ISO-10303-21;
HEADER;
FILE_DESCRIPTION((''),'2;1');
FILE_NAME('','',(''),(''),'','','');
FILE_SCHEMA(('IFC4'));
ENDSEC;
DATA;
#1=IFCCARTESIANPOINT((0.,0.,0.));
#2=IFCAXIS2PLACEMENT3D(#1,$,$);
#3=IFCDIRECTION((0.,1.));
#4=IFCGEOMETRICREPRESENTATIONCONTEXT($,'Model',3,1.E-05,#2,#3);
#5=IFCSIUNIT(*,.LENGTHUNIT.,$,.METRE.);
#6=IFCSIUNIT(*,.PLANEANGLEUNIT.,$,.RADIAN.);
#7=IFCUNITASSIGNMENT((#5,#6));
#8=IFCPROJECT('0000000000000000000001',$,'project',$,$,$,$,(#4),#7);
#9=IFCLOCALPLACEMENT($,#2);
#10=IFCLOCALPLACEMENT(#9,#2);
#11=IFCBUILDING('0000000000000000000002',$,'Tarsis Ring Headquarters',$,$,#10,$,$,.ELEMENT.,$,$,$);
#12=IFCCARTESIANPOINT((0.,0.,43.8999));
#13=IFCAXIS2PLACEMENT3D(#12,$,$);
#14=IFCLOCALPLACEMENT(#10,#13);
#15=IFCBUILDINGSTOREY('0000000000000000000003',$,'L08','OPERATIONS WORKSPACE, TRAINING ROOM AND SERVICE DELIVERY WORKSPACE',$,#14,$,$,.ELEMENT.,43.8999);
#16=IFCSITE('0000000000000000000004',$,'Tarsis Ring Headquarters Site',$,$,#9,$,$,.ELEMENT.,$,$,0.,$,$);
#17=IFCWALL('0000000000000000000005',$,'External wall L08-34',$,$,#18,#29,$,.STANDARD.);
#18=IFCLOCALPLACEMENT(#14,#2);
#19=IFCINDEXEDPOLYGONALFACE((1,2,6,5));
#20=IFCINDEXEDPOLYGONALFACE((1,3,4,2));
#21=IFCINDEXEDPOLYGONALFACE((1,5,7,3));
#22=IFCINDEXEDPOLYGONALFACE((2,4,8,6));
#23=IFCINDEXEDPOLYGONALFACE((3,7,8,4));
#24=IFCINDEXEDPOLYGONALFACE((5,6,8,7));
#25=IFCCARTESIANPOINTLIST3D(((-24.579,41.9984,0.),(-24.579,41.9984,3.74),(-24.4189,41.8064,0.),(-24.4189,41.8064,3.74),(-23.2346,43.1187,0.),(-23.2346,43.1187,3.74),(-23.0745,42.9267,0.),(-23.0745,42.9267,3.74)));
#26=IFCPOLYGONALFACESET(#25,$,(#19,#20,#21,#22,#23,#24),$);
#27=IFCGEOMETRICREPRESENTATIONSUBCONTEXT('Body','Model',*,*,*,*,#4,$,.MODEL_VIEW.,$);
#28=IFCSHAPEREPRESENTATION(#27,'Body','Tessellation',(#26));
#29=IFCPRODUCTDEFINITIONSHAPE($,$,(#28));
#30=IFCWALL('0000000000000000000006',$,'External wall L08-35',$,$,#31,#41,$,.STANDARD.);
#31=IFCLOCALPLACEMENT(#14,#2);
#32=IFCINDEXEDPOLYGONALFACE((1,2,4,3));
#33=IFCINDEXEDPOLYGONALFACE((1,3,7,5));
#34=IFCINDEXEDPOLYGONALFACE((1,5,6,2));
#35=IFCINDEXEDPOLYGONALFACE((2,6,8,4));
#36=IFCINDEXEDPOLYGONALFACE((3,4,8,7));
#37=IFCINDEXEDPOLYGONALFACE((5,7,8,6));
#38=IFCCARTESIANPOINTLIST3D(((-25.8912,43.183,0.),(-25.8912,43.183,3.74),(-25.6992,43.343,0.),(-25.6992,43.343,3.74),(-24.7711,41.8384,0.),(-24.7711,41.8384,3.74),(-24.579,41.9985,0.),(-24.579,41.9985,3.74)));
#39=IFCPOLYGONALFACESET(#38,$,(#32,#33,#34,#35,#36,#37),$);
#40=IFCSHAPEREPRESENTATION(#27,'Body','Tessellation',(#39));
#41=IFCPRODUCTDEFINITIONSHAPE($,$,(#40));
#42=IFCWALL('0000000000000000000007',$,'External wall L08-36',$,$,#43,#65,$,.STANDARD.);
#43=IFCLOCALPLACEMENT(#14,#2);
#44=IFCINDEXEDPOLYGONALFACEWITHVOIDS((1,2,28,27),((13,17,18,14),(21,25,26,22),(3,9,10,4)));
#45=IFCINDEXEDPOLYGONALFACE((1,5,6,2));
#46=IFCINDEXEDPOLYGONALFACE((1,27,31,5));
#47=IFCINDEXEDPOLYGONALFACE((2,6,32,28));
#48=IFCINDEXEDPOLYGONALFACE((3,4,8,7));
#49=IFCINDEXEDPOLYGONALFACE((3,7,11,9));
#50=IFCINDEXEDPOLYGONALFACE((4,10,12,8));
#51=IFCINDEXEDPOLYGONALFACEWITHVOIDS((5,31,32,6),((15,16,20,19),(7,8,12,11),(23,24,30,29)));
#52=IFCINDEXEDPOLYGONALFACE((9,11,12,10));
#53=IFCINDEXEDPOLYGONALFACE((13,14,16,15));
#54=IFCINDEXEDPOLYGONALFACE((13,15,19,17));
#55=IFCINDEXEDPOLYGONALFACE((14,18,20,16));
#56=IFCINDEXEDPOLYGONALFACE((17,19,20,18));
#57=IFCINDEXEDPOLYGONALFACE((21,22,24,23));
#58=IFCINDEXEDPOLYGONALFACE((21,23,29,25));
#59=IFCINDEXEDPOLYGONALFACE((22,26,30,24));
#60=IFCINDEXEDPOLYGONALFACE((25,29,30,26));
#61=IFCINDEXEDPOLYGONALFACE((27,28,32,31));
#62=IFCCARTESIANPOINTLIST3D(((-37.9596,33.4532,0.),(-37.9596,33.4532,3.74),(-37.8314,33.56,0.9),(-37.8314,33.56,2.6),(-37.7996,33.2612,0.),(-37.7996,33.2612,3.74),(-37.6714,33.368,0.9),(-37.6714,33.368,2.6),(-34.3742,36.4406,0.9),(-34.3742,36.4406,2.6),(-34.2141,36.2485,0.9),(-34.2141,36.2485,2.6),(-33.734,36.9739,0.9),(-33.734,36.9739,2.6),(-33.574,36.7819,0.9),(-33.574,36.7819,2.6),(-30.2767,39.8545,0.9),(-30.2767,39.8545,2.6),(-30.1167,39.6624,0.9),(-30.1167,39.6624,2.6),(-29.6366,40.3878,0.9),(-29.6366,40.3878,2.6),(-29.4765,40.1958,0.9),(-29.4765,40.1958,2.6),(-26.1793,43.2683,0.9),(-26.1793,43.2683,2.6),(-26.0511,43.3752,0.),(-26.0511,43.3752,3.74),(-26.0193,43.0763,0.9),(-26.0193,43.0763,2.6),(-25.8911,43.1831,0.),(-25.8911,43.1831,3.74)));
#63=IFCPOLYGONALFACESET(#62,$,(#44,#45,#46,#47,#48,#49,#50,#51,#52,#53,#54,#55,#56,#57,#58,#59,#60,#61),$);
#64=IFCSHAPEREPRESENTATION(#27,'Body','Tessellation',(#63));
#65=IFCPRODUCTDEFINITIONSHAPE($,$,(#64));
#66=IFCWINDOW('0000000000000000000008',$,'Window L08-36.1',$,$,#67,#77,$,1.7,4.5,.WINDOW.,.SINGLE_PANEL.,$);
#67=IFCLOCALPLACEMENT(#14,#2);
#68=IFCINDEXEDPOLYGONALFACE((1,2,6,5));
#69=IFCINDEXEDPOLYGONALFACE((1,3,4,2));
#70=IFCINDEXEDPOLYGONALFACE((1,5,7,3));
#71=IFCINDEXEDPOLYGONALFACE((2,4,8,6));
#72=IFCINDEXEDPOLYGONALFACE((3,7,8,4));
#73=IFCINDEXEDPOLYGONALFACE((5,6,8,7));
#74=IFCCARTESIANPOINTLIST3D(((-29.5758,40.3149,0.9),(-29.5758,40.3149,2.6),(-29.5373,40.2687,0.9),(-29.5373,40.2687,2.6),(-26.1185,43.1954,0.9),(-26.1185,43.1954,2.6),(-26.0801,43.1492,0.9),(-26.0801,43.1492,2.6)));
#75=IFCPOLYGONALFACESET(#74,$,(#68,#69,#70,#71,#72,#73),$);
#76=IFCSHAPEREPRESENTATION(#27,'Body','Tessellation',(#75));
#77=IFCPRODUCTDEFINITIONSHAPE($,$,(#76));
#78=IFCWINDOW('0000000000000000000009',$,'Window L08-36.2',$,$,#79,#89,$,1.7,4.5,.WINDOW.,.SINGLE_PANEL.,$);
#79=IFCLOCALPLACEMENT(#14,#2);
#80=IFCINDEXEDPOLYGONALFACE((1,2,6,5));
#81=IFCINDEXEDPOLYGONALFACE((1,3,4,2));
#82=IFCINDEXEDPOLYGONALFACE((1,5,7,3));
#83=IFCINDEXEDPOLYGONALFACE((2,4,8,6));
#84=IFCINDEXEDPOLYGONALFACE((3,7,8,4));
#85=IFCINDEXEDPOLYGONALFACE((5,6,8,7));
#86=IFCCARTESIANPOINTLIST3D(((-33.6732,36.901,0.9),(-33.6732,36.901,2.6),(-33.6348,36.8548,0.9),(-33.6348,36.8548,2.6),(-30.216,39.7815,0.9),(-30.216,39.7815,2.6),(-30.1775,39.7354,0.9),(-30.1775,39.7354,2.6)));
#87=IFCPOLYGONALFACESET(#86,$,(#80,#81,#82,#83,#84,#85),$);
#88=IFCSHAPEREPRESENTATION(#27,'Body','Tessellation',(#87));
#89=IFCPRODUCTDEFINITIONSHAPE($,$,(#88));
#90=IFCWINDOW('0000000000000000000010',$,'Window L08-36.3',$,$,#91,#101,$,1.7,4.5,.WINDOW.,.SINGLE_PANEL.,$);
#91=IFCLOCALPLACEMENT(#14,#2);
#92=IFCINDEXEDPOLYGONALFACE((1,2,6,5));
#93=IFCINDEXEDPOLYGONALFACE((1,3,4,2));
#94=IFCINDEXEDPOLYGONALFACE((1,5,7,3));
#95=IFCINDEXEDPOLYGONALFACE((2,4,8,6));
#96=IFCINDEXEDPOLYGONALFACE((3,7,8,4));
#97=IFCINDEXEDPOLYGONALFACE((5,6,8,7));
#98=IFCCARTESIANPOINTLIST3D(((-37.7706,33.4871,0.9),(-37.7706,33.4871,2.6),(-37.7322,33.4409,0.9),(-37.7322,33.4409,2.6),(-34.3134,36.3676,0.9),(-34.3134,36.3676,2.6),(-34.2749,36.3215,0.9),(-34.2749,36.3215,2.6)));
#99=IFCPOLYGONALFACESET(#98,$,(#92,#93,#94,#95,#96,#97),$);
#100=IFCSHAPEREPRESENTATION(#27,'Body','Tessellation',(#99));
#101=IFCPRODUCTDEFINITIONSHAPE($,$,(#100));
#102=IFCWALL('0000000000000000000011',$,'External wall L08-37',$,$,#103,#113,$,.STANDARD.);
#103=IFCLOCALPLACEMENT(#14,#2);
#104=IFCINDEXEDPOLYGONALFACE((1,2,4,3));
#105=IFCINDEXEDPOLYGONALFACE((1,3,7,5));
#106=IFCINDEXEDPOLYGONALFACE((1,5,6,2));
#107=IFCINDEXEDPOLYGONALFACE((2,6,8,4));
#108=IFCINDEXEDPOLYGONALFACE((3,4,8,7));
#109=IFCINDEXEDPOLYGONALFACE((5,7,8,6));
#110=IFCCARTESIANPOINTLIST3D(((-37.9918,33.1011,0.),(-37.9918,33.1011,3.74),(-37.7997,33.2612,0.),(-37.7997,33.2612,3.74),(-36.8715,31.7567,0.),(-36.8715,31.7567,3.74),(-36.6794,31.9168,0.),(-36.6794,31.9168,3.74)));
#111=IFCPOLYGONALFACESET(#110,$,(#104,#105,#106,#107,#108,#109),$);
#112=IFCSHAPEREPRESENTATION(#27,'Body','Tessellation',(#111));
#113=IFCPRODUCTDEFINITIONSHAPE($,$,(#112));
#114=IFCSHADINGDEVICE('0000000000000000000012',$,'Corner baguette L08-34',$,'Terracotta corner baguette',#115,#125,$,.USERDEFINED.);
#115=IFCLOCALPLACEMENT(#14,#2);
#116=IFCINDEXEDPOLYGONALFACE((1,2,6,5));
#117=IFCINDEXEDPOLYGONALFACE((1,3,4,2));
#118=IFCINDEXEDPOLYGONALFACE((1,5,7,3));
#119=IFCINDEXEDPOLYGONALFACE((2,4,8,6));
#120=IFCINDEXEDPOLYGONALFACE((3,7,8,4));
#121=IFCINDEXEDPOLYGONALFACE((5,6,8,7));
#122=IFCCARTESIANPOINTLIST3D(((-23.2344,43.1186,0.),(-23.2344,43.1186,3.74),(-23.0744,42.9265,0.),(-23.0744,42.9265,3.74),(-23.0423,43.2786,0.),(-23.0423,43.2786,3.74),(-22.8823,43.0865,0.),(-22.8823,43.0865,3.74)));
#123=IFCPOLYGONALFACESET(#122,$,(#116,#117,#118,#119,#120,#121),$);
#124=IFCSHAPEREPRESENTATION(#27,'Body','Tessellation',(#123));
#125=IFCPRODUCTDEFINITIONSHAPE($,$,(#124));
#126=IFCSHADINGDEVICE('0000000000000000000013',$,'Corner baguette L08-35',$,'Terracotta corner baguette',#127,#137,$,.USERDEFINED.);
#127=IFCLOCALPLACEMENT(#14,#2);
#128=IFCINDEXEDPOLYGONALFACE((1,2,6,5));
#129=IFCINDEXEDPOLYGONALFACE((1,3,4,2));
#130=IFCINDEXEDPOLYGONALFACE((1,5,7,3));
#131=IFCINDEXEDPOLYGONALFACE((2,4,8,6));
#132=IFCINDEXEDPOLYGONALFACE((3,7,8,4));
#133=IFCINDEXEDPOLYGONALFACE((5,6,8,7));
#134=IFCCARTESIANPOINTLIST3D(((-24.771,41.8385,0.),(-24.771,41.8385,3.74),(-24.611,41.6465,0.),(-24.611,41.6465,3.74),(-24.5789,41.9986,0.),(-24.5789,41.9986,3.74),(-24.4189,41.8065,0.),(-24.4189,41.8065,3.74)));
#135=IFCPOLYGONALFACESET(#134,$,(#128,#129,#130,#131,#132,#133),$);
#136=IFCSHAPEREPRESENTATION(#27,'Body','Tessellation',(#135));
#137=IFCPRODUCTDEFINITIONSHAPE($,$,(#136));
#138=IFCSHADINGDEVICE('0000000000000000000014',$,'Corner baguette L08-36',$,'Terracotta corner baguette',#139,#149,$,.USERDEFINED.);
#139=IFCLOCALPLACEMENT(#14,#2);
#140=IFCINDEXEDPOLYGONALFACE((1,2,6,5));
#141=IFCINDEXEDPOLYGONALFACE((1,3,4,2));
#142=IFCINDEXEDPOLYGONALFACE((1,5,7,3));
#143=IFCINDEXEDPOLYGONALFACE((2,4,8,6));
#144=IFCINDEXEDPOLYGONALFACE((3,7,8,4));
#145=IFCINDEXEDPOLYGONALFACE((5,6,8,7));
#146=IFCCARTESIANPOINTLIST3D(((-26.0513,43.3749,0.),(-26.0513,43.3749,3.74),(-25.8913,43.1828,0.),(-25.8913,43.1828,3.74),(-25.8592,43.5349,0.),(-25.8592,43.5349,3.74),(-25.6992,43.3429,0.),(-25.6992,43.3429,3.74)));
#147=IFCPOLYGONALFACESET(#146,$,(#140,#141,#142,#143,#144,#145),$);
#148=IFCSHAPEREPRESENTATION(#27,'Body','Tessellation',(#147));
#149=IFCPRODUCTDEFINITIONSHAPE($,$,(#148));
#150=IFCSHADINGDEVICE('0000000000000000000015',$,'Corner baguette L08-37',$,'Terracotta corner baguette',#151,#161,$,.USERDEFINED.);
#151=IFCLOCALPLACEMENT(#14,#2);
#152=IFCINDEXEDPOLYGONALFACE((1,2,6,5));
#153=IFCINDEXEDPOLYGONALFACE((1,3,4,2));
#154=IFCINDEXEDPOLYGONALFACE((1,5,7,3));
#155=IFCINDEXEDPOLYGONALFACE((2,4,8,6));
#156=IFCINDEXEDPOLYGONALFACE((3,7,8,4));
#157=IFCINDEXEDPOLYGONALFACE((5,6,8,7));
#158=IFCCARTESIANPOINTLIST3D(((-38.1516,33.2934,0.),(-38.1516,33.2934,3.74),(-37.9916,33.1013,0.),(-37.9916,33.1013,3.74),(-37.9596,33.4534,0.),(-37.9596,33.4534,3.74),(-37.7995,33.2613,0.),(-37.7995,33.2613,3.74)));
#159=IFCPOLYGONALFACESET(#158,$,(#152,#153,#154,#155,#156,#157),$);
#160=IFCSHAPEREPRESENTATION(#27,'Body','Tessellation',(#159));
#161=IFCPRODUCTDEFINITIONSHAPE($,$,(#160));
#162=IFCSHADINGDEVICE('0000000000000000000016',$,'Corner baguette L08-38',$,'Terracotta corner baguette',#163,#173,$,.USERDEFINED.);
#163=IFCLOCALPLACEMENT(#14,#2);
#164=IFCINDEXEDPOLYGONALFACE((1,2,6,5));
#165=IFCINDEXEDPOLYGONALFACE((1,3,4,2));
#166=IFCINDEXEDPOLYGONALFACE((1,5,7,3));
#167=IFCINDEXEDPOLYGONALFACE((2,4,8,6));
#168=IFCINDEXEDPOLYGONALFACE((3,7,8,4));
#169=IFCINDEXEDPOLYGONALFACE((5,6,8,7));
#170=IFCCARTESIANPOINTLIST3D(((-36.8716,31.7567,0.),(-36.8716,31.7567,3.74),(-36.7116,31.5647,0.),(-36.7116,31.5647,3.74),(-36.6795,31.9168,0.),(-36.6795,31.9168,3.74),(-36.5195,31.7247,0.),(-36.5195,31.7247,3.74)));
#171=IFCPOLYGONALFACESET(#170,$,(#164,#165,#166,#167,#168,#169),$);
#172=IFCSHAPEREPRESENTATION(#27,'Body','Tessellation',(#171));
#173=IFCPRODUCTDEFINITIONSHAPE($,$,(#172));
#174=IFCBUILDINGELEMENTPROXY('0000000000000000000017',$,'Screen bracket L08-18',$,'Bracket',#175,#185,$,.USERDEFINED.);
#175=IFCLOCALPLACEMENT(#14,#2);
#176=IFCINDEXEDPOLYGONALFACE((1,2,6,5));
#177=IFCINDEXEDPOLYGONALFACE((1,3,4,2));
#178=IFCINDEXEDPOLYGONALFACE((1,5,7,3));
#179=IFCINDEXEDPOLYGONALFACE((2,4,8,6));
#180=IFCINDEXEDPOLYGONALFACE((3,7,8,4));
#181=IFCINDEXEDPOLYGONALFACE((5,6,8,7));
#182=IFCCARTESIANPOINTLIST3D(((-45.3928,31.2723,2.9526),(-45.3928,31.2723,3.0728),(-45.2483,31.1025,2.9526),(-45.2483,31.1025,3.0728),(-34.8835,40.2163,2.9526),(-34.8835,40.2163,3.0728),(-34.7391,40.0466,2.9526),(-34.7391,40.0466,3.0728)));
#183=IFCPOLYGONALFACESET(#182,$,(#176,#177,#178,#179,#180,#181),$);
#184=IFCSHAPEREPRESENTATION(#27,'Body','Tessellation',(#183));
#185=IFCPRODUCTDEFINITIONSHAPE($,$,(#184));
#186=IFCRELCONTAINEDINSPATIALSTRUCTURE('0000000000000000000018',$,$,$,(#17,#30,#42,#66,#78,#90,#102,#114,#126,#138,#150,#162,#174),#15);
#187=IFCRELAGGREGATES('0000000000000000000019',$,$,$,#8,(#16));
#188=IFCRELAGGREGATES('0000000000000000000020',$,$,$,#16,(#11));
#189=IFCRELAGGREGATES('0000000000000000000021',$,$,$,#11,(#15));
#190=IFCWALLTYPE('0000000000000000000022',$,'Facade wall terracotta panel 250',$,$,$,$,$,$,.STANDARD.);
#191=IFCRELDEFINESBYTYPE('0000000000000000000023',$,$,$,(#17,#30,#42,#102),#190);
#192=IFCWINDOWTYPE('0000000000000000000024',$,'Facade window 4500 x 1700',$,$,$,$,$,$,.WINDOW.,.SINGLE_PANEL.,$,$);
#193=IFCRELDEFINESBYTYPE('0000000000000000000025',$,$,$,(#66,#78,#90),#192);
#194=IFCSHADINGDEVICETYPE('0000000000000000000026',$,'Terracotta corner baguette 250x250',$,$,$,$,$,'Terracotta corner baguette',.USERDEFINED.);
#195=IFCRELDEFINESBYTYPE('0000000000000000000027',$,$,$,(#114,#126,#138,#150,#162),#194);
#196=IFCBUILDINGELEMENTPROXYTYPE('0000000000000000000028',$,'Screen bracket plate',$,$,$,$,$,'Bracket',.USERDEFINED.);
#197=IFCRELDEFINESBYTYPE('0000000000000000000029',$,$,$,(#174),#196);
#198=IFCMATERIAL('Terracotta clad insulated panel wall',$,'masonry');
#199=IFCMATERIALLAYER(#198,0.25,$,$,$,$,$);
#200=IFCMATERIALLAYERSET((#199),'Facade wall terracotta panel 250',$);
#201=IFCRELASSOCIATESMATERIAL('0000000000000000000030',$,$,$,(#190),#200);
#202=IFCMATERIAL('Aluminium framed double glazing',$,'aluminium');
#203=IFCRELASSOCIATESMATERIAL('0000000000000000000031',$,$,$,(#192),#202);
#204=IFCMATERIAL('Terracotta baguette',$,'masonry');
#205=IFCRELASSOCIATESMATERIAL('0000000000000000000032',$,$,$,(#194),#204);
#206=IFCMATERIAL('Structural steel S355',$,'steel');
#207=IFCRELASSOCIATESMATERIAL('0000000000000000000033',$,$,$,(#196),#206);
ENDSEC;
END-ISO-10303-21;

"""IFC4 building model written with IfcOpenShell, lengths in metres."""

from ifc_helpers import new_model, si_unit, direction, frame, frame_2d, origin, origin_2d, place, context, subcontext, project, spatial, rectangle, extrude, material, layer, layer_set, type_object, element, fill, save


model = new_model("IFC4")

# Units and contexts
model_context = context("Model", 3, precision=1e-05, world=origin(), true_north=direction((0.0, 1.0)))
body_context = subcontext(model_context, "Body", "Model", "MODEL_VIEW")
ifc_project = project(units=[si_unit("LENGTHUNIT", "METRE"), si_unit("PLANEANGLEUNIT", "RADIAN")], contexts=[model_context])

# Site, building, storey
site_placement = place(None, origin())
site = spatial("IfcSite", under=ifc_project, at=site_placement, Name="Tarsis Ring Headquarters Site", CompositionType="ELEMENT", RefElevation=0.0)
building_placement = place(site_placement, origin())
building = spatial("IfcBuilding", under=site, at=building_placement, Name="Tarsis Ring Headquarters", CompositionType="ELEMENT")
storey_placement = place(building_placement, frame((0.0, 0.0, 43.8999)))
storey = spatial("IfcBuildingStorey", under=building, at=storey_placement, Name="L08", Description="OPERATIONS WORKSPACE, TRAINING ROOM AND SERVICE DELIVERY WORKSPACE", CompositionType="ELEMENT", Elevation=43.8999)

# Shared definitions
ifc_material_1 = material(Name="Structural steel S355", Category="steel")

# Walls
ifc_material_2 = material(Name="Terracotta clad insulated panel wall", Category="masonry")
ifc_layer_1 = layer(ifc_material_2, 0.25)
ifc_layer_set_1 = layer_set([ifc_layer_1], Name="Facade wall terracotta panel 250")
wall_type_1 = type_object("IfcWallType", Name="Facade wall terracotta panel 250", PredefinedType="STANDARD", material=ifc_layer_set_1)
for number, where, z_axis, x_axis, name in (
    (1, (-23.1545, 43.0227, 0.0), (0.0, 0.0, 1.0), (-0.768233, -0.640171, 0.0), "External wall L08-34"),
    (2, (-24.675, 41.9185, 0.0), (0.0, 0.0, 1.0), (-0.640088, 0.768301, 0.0), "External wall L08-35"),
):
    element("IfcWall", number, at=place(storey_placement, frame(where, z_axis=z_axis, x_axis=x_axis)), inside=storey, type_object=wall_type_1, Name=name, PredefinedType="STANDARD", context=body_context, shape_type="SweptSolid", body=[
        extrude(rectangle(XDim=1.75, YDim=0.25, at=frame_2d((0.875, 0.0))), origin(), (0.0, 0.0, 1.0), 3.74),
    ])

# Wall, openings, windows
wall_1_placement = place(storey_placement, frame((-25.9712, 43.2791, 0.0), z_axis=(0.0, 0.0, 1.0), x_axis=(-0.768279, -0.640115, 0.0)))
wall_1 = element("IfcWall", 3, at=wall_1_placement, inside=storey, type_object=wall_type_1, Name="External wall L08-36", PredefinedType="STANDARD", context=body_context, shape_type="SweptSolid", body=[
    extrude(rectangle(XDim=15.5002, YDim=0.25, at=frame_2d((7.75, 0.0))), origin(), (0.0, 0.0, 1.0), 3.74),
])
opening_1_placement = place(wall_1_placement, frame((0.1667, 0.0, 0.8999)))
opening_1 = element("IfcOpeningElement", 4, at=opening_1_placement, cuts=wall_1, PredefinedType="OPENING", context=body_context, shape_type="SweptSolid", body=[
    extrude(rectangle(XDim=4.5, YDim=1.7, at=frame_2d((2.25, 0.8501))), frame((0.0, 0.135, 0.0), z_axis=(0.0, -1.0, 0.0), x_axis=(1.0, 0.0, 0.0)), (0.0, 0.0, 1.0), 0.27),
])
opening_2_placement = place(wall_1_placement, frame((5.5, 0.0, 0.8999)))
opening_2 = element("IfcOpeningElement", 5, at=opening_2_placement, cuts=wall_1, PredefinedType="OPENING", context=body_context, shape_type="SweptSolid", body=[
    extrude(rectangle(XDim=4.5, YDim=1.7, at=frame_2d((2.25, 0.8501))), frame((0.0, 0.135, 0.0), z_axis=(0.0, -1.0, 0.0), x_axis=(1.0, 0.0, 0.0)), (0.0, 0.0, 1.0), 0.27),
])
opening_3_placement = place(wall_1_placement, frame((10.8333, 0.0, 0.8999)))
opening_3 = element("IfcOpeningElement", 6, at=opening_3_placement, cuts=wall_1, PredefinedType="OPENING", context=body_context, shape_type="SweptSolid", body=[
    extrude(rectangle(XDim=4.5, YDim=1.7, at=frame_2d((2.25, 0.8501))), frame((0.0, 0.135, 0.0), z_axis=(0.0, -1.0, 0.0), x_axis=(1.0, 0.0, 0.0)), (0.0, 0.0, 1.0), 0.27),
])
ifc_material_3 = material(Name="Aluminium framed double glazing", Category="aluminium")
window_type = type_object("IfcWindowType", Name="Facade window 4500 x 1700", PartitioningType="SINGLE_PANEL", PredefinedType="WINDOW", material=ifc_material_3)
window_1_placement = place(opening_1_placement, origin())
window_1 = element("IfcWindow", 7, at=window_1_placement, inside=storey, type_object=window_type, Name="Window L08-36.1", OverallHeight=1.7, OverallWidth=4.5, PartitioningType="SINGLE_PANEL", PredefinedType="WINDOW", context=body_context, shape_type="SweptSolid", body=[
    extrude(rectangle(XDim=4.5, YDim=1.7, at=frame_2d((2.25, 0.8501))), frame((0.0, 0.03, 0.0), z_axis=(0.0, -1.0, 0.0), x_axis=(1.0, 0.0, 0.0)), (0.0, 0.0, 1.0), 0.0601),
])
fill(opening_1, window_1)
window_2_placement = place(opening_2_placement, origin())
window_2 = element("IfcWindow", 8, at=window_2_placement, inside=storey, type_object=window_type, Name="Window L08-36.2", OverallHeight=1.7, OverallWidth=4.5, PartitioningType="SINGLE_PANEL", PredefinedType="WINDOW", context=body_context, shape_type="SweptSolid", body=[
    extrude(rectangle(XDim=4.5, YDim=1.7, at=frame_2d((2.25, 0.8501))), frame((0.0, 0.03, 0.0), z_axis=(0.0, -1.0, 0.0), x_axis=(1.0, 0.0, 0.0)), (0.0, 0.0, 1.0), 0.0601),
])
fill(opening_2, window_2)
window_3_placement = place(opening_3_placement, origin())
window_3 = element("IfcWindow", 9, at=window_3_placement, inside=storey, type_object=window_type, Name="Window L08-36.3", OverallHeight=1.7, OverallWidth=4.5, PartitioningType="SINGLE_PANEL", PredefinedType="WINDOW", context=body_context, shape_type="SweptSolid", body=[
    extrude(rectangle(XDim=4.5, YDim=1.7, at=frame_2d((2.25, 0.8501))), frame((0.0, 0.03, 0.0), z_axis=(0.0, -1.0, 0.0), x_axis=(1.0, 0.0, 0.0)), (0.0, 0.0, 1.0), 0.0601),
])
fill(opening_3, window_3)

# Wall
wall_2_placement = place(storey_placement, frame((-37.8958, 33.1812, 0.0), z_axis=(0.0, 0.0, 1.0), x_axis=(0.640171, -0.768233, 0.0)))
element("IfcWall", 10, at=wall_2_placement, inside=storey, type_object=wall_type_1, Name="External wall L08-37", PredefinedType="STANDARD", context=body_context, shape_type="SweptSolid", body=[
    extrude(rectangle(XDim=1.75, YDim=0.25, at=frame_2d((0.875, 0.0))), origin(), (0.0, 0.0, 1.0), 3.74),
])

# Shading devices
ifc_material_4 = material(Name="Terracotta baguette", Category="masonry")
shading_device_type_1 = type_object("IfcShadingDeviceType", Name="Terracotta corner baguette 250x250", ElementType="Terracotta corner baguette", PredefinedType="USERDEFINED", material=ifc_material_4)
for number, where, z_axis, x_axis, name in (
    (11, (-23.0583, 43.1025, 0.0), (0.0, 0.0, 1.0), (-0.64011, 0.768284, 0.0), "Corner baguette L08-34"),
    (12, (-24.595, 41.8225, 0.0), (0.0, 0.0, 1.0), (-0.768284, -0.640109, 0.0), "Corner baguette L08-35"),
    (13, (-25.8752, 43.3589, 0.0), (0.0, 0.0, 1.0), (-0.64011, 0.768283, 0.0), "Corner baguette L08-36"),
    (14, (-37.9756, 33.2773, 0.0), (0.0, 0.0, 1.0), (-0.768284, -0.64011, 0.0), "Corner baguette L08-37"),
    (15, (-36.6956, 31.7407, 0.0), (0.0, 0.0, 1.0), (0.640109, -0.768284, 0.0), "Corner baguette L08-38"),
):
    element("IfcShadingDevice", number, at=place(storey_placement, frame(where, z_axis=z_axis, x_axis=x_axis)), inside=storey, type_object=shading_device_type_1, Name=name, ObjectType="Terracotta corner baguette", PredefinedType="USERDEFINED", context=body_context, shape_type="SweptSolid", body=[
        extrude(rectangle(XDim=0.25, YDim=0.25, at=origin_2d()), origin(), (0.0, 0.0, 1.0), 3.74),
    ])

# Building element proxy
building_element_proxy_type = type_object("IfcBuildingElementProxyType", Name="Screen bracket plate", ElementType="Bracket", PredefinedType="USERDEFINED", material=ifc_material_1)
proxy_placement = place(storey_placement, frame((-40.0659, 35.6594, 2.9526), z_axis=(0.0, 0.0, 1.0), x_axis=(-0.761538, -0.64812, 0.0)))
element("IfcBuildingElementProxy", 16, at=proxy_placement, inside=storey, type_object=building_element_proxy_type, Name="Screen bracket L08-18", ObjectType="Bracket", PredefinedType="USERDEFINED", context=body_context, shape_type="SweptSolid", body=[
    extrude(rectangle(XDim=13.8, YDim=0.2229, at=origin_2d()), origin(), (0.0, 0.0, 1.0), 0.1201),
])

save(model, "model.ifc")
